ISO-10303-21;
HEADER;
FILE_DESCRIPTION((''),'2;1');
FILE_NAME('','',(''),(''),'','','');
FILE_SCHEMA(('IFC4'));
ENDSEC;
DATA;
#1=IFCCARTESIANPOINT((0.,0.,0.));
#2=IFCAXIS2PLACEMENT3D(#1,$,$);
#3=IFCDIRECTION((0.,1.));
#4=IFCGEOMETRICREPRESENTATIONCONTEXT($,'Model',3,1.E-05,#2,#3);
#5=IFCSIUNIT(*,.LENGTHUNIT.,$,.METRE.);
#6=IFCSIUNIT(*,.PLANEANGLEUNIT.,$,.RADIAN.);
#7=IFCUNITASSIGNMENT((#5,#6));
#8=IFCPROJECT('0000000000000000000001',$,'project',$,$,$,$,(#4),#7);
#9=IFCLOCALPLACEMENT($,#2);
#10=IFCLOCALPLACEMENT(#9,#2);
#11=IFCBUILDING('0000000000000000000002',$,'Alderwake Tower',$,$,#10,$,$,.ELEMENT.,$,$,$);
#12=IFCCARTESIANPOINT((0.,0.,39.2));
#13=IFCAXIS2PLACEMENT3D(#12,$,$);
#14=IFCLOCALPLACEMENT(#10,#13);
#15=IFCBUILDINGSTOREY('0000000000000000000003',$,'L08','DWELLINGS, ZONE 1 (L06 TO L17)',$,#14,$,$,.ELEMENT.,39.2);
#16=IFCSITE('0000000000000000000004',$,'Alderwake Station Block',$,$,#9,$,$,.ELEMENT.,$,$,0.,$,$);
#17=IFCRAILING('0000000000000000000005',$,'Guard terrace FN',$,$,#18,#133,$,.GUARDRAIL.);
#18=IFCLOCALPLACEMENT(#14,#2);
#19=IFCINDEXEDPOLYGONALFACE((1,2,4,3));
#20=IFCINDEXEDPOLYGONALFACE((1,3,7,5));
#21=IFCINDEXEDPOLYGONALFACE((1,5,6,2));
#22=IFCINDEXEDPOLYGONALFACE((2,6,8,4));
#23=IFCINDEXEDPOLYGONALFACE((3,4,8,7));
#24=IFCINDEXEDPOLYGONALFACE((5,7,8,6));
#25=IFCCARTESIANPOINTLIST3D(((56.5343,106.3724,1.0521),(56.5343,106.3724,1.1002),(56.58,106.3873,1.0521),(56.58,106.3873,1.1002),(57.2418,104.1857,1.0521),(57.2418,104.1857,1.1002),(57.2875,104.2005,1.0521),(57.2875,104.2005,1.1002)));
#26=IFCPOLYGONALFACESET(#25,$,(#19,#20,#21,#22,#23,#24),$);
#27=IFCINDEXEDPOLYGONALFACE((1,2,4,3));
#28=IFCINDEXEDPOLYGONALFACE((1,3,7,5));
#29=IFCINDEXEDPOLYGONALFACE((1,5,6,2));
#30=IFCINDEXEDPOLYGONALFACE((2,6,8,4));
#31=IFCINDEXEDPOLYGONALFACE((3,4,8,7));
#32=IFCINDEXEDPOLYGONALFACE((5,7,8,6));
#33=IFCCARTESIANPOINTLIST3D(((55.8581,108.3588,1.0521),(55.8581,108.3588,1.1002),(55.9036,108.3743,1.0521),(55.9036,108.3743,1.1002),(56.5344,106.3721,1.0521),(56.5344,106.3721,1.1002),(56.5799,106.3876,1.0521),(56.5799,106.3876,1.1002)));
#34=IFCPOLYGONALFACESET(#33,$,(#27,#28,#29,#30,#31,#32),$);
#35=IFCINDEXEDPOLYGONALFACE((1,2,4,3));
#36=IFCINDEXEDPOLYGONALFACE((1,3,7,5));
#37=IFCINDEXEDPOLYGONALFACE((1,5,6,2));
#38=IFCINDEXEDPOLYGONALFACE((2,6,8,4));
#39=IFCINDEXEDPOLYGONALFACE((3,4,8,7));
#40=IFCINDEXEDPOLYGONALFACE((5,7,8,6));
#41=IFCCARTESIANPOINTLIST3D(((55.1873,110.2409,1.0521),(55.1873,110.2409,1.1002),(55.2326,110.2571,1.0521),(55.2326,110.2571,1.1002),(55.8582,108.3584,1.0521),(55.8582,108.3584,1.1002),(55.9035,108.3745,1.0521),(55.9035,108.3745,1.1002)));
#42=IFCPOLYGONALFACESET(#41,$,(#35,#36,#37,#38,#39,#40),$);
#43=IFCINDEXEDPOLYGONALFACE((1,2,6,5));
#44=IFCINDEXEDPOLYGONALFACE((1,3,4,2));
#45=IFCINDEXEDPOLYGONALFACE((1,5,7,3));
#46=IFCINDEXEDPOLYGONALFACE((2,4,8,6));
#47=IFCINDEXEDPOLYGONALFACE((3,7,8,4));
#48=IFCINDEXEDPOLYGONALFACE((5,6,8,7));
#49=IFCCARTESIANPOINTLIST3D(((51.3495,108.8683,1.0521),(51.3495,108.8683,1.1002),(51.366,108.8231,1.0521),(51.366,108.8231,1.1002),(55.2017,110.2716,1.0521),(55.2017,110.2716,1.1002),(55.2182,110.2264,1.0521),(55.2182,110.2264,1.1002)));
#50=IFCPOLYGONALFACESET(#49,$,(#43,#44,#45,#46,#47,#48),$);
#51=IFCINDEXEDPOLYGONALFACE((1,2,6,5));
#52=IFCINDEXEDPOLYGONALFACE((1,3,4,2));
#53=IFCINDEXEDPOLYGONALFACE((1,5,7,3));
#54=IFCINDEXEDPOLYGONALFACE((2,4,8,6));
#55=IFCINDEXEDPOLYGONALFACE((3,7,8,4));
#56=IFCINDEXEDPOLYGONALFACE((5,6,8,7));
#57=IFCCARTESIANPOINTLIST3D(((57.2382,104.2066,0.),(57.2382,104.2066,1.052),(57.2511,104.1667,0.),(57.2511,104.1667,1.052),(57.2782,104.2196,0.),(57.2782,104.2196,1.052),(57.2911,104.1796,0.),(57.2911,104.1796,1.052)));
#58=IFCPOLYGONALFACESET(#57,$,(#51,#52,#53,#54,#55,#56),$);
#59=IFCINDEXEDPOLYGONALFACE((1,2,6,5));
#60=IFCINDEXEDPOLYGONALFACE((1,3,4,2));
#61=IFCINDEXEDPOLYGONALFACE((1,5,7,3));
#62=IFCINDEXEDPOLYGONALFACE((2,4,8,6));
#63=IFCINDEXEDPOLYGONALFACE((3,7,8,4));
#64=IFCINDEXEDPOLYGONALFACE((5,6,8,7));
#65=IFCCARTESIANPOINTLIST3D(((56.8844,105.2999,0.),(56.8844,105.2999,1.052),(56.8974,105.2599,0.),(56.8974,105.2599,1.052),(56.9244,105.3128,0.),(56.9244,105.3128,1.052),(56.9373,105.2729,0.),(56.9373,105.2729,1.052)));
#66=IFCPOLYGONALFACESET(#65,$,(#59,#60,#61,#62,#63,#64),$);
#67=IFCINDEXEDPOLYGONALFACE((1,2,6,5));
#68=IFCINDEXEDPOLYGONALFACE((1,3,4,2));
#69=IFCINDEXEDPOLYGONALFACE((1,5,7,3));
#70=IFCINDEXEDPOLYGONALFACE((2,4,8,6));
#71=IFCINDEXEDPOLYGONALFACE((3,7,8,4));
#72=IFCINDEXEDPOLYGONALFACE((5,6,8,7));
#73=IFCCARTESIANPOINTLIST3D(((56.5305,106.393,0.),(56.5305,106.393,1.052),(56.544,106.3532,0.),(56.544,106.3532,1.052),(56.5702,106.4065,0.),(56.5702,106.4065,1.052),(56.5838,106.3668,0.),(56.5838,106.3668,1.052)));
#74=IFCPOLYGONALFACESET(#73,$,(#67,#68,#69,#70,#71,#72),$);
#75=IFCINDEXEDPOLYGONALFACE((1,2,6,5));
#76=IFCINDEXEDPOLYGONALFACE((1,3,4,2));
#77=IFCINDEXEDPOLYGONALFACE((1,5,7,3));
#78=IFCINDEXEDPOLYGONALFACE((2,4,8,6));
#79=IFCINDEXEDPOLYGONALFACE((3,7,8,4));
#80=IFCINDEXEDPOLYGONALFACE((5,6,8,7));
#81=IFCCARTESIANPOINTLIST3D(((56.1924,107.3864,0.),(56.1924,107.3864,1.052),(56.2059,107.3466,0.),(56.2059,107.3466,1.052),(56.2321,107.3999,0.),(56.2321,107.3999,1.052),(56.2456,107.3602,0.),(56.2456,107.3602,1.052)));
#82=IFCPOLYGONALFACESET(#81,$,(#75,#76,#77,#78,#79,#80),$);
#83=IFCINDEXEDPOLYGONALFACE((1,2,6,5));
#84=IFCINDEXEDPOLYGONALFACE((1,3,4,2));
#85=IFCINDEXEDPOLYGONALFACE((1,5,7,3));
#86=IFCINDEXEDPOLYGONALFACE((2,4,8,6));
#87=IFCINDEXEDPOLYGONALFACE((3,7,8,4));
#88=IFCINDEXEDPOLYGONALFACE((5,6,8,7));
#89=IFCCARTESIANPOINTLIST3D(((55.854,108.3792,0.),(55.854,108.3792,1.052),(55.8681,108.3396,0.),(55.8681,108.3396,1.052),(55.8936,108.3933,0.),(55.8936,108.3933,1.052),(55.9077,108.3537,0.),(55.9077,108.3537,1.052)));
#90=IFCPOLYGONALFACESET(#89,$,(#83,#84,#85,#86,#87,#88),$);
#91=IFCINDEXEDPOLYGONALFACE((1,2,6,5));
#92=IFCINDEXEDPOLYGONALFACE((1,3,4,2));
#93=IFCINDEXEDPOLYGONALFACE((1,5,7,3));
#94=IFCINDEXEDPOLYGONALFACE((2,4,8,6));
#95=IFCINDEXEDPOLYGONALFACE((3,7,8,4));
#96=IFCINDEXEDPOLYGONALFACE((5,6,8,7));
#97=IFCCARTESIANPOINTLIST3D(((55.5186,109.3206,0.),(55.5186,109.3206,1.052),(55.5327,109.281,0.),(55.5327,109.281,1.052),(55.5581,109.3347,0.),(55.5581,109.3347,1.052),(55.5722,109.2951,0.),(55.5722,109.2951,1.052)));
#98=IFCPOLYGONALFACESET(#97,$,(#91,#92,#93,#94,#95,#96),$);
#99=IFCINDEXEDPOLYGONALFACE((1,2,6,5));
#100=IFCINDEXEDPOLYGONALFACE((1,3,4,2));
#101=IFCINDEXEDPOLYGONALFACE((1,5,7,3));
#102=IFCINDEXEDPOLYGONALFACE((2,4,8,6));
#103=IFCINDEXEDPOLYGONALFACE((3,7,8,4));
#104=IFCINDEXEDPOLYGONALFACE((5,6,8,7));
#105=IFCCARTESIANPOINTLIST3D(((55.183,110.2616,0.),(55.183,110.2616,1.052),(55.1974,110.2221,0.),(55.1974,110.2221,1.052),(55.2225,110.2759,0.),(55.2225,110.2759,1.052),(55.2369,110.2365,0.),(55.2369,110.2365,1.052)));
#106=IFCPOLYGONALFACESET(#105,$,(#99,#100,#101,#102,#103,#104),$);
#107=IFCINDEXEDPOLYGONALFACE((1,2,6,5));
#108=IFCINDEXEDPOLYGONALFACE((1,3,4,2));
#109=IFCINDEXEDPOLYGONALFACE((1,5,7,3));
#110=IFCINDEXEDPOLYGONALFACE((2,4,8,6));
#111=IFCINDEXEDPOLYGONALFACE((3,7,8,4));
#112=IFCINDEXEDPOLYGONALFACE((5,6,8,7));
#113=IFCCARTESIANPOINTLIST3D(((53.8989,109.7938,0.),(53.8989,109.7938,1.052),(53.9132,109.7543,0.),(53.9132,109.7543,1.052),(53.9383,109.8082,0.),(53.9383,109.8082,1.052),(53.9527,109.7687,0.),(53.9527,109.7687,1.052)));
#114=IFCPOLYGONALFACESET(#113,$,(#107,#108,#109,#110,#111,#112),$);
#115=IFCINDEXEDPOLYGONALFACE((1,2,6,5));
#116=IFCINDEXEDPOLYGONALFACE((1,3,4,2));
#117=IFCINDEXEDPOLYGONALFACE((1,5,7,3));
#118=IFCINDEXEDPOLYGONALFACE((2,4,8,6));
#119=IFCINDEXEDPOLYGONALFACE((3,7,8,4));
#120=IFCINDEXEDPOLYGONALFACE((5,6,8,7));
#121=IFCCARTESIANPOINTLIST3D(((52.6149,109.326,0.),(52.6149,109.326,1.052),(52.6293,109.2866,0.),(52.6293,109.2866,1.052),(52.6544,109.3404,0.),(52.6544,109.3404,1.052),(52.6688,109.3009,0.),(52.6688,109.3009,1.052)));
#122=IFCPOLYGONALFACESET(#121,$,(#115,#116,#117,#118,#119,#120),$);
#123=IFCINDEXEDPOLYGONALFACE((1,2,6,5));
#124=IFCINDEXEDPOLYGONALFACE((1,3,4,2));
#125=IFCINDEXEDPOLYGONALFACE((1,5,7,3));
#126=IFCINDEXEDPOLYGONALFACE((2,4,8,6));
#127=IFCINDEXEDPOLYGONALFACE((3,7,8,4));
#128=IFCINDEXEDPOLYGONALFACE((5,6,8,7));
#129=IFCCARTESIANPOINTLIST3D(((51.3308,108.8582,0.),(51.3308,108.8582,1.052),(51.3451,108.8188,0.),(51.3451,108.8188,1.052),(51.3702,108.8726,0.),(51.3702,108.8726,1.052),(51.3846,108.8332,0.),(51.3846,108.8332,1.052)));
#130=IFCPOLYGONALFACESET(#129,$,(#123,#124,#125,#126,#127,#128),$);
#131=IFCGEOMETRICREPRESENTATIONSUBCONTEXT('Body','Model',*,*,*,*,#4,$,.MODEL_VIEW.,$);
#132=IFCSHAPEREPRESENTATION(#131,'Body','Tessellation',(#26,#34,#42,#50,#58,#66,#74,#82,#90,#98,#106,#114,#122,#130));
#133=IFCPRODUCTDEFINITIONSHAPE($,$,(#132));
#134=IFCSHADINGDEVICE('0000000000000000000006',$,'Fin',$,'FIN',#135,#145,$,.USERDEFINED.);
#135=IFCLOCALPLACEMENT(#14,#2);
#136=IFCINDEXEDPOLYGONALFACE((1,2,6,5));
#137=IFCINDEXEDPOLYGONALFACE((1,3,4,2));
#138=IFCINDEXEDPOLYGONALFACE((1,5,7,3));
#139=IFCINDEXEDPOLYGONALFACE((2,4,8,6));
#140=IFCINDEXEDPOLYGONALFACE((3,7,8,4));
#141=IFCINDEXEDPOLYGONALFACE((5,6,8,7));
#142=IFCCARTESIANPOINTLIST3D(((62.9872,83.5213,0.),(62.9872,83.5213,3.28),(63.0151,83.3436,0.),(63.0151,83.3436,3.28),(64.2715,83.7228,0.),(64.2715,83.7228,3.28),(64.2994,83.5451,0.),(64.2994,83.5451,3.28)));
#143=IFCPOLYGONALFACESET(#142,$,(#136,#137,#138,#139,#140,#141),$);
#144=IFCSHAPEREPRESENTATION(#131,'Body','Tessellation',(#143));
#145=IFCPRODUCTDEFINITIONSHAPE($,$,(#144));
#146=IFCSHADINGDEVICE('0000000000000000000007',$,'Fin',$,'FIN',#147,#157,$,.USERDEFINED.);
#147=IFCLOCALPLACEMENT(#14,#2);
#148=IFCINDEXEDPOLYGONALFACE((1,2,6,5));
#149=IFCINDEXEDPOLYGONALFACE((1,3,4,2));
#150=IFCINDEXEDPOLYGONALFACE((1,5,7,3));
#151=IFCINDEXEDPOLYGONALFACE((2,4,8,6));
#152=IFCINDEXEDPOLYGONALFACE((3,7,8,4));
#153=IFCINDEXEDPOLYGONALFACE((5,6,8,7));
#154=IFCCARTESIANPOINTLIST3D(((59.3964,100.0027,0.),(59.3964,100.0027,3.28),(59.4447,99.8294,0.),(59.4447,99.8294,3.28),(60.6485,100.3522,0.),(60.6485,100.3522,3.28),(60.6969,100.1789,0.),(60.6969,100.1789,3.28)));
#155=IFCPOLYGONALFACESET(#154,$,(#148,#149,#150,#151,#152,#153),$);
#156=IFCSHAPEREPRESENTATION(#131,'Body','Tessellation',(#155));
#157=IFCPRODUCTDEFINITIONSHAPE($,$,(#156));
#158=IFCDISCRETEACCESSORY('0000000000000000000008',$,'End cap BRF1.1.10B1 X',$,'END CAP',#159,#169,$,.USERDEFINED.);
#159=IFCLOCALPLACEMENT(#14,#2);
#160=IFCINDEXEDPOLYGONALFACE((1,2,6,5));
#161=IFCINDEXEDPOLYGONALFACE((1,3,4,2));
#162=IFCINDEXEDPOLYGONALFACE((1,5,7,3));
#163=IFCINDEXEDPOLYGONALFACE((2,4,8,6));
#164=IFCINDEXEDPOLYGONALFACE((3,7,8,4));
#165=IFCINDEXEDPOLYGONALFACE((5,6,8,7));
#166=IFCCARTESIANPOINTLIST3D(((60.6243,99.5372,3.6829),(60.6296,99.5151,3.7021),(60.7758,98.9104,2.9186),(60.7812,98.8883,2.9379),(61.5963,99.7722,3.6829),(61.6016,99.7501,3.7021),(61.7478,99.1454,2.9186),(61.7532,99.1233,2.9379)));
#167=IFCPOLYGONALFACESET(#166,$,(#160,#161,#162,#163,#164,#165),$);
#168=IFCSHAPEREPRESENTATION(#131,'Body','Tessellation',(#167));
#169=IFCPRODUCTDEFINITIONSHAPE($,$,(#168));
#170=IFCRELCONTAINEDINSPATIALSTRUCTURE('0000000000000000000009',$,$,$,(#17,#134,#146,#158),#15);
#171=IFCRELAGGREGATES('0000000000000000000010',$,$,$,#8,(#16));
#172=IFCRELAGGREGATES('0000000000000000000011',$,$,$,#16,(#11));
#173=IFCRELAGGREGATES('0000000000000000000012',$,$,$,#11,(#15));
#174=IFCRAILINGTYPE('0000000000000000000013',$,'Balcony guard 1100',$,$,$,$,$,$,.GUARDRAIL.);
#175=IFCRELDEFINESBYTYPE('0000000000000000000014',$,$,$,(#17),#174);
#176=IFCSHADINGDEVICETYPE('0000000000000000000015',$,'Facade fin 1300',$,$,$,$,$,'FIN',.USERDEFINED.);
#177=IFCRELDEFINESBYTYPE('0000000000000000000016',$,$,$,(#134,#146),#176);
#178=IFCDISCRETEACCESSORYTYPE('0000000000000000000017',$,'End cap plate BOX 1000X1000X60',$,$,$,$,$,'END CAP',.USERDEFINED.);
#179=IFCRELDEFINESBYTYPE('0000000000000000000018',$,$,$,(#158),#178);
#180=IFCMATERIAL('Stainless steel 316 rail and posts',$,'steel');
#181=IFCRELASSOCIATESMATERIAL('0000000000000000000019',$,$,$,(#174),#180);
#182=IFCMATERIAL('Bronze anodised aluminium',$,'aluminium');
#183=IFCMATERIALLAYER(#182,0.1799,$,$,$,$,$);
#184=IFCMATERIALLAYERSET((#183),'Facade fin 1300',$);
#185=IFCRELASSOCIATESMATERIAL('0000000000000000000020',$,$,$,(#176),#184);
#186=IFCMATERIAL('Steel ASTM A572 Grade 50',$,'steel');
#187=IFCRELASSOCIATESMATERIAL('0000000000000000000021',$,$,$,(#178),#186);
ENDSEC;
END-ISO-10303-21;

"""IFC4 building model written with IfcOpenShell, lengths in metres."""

from ifc_helpers import new_model, si_unit, direction, frame, origin, origin_2d, place, context, subcontext, project, spatial, rectangle, extrude, material, layer, layer_set, material_profile, profile_set, type_object, element, save


model = new_model("IFC4")

# Units and contexts
model_context = context("Model", 3, precision=1e-05, world=origin(), true_north=direction((0.0, 1.0)))
body_context = subcontext(model_context, "Body", "Model", "MODEL_VIEW")
ifc_project = project(units=[si_unit("LENGTHUNIT", "METRE"), si_unit("PLANEANGLEUNIT", "RADIAN")], contexts=[model_context])

# Site, building, storey
site_placement = place(None, origin())
site = spatial("IfcSite", under=ifc_project, at=site_placement, Name="Alderwake Station Block", CompositionType="ELEMENT", RefElevation=0.0)
building_placement = place(site_placement, origin())
building = spatial("IfcBuilding", under=site, at=building_placement, Name="Alderwake Tower", CompositionType="ELEMENT")
storey_placement = place(building_placement, frame((0.0, 0.0, 39.2)))
storey = spatial("IfcBuildingStorey", under=building, at=storey_placement, Name="L08", Description="DWELLINGS, ZONE 1 (L06 TO L17)", CompositionType="ELEMENT", Elevation=39.2)

# Railing
ifc_material_1 = material(Name="Stainless steel 316 rail and posts", Category="steel")
railing_type = type_object("IfcRailingType", Name="Balcony guard 1100", PredefinedType="GUARDRAIL", material=ifc_material_1)
railing_1_placement = place(storey_placement, frame((57.2646, 104.1931, 0.0)))
element("IfcRailing", 1, at=railing_1_placement, inside=storey, type_object=railing_type, Name="Guard terrace FN", PredefinedType="GUARDRAIL", context=body_context, shape_type="SweptSolid", body=[
    extrude(rectangle(XDim=0.0481, YDim=0.0481, at=origin_2d()), frame((0.0, 0.0, 1.0762), z_axis=(-0.307834, 0.95144, 0.0), x_axis=(-0.95144, -0.307834, 0.0)), (0.0, 0.0, 1.0), 2.2983),
    extrude(rectangle(XDim=0.0481, YDim=0.0481, at=origin_2d()), frame((-0.7075, 2.1868, 1.0762), z_axis=(-0.322259, 0.946651, 0.0), x_axis=(-0.946651, -0.322259, 0.0)), (0.0, 0.0, 1.0), 2.0986),
    extrude(rectangle(XDim=0.0481, YDim=0.0481, at=origin_2d()), frame((-1.3838, 4.1733, 1.0762), z_axis=(-0.335694, 0.941971, 0.0), x_axis=(-0.941971, -0.335694, 0.0)), (0.0, 0.0, 1.0), 1.9985),
    extrude(rectangle(XDim=0.0481, YDim=0.0481, at=origin_2d()), frame((-2.0547, 6.0559, 1.0762), z_axis=(-0.939599, -0.342278, 0.0), x_axis=(0.342278, -0.939599, 0.0)), (0.0, 0.0, 1.0), 4.0999),
    extrude(rectangle(XDim=0.042, YDim=0.042, at=origin_2d()), frame((0.0, 0.0, 0.0), z_axis=(0.0, 0.0, 1.0), x_axis=(-0.307834, 0.95144, 0.0)), (0.0, 0.0, 1.0), 1.052),
    extrude(rectangle(XDim=0.042, YDim=0.042, at=origin_2d()), frame((-0.3538, 1.0933, 0.0), z_axis=(0.0, 0.0, 1.0), x_axis=(-0.307834, 0.95144, 0.0)), (0.0, 0.0, 1.0), 1.052),
    extrude(rectangle(XDim=0.042, YDim=0.042, at=origin_2d()), frame((-0.7075, 2.1868, 0.0), z_axis=(0.0, 0.0, 1.0), x_axis=(-0.322259, 0.946651, 0.0)), (0.0, 0.0, 1.0), 1.052),
    extrude(rectangle(XDim=0.042, YDim=0.042, at=origin_2d()), frame((-1.0457, 3.1802, 0.0), z_axis=(0.0, 0.0, 1.0), x_axis=(-0.322259, 0.946651, 0.0)), (0.0, 0.0, 1.0), 1.052),
    extrude(rectangle(XDim=0.042, YDim=0.042, at=origin_2d()), frame((-1.3838, 4.1733, 0.0), z_axis=(0.0, 0.0, 1.0), x_axis=(-0.335694, 0.941971, 0.0)), (0.0, 0.0, 1.0), 1.052),
    extrude(rectangle(XDim=0.042, YDim=0.042, at=origin_2d()), frame((-1.7192, 5.1147, 0.0), z_axis=(0.0, 0.0, 1.0), x_axis=(-0.335694, 0.941971, 0.0)), (0.0, 0.0, 1.0), 1.052),
    extrude(rectangle(XDim=0.042, YDim=0.042, at=origin_2d()), frame((-2.0547, 6.0559, 0.0), z_axis=(0.0, 0.0, 1.0), x_axis=(-0.939599, -0.342278, 0.0)), (0.0, 0.0, 1.0), 1.052),
    extrude(rectangle(XDim=0.042, YDim=0.042, at=origin_2d()), frame((-3.3389, 5.5881, 0.0), z_axis=(0.0, 0.0, 1.0), x_axis=(-0.939599, -0.342278, 0.0)), (0.0, 0.0, 1.0), 1.052),
    extrude(rectangle(XDim=0.042, YDim=0.042, at=origin_2d()), frame((-4.6228, 5.1204, 0.0), z_axis=(0.0, 0.0, 1.0), x_axis=(-0.939599, -0.342278, 0.0)), (0.0, 0.0, 1.0), 1.052),
    extrude(rectangle(XDim=0.042, YDim=0.042, at=origin_2d()), frame((-5.907, 4.6526, 0.0), z_axis=(0.0, 0.0, 1.0), x_axis=(-0.939599, -0.342278, 0.0)), (0.0, 0.0, 1.0), 1.052),
])

# Shading devices
ifc_material_2 = material(Name="Bronze anodised aluminium", Category="aluminium")
ifc_layer_1 = layer(ifc_material_2, 0.1799)
ifc_layer_set_1 = layer_set([ifc_layer_1], Name="Facade fin 1300")
shading_device_type = type_object("IfcShadingDeviceType", Name="Facade fin 1300", ElementType="FIN", PredefinedType="USERDEFINED", material=ifc_layer_set_1)
for number, where, z_axis, x_axis, name in (
    (2, (63.6433, 83.5332, 0.0), (0.0, 0.0, 1.0), (0.987919, 0.154972, 0.0), "Fin"),
    (3, (60.0466, 100.0908, 0.0), (0.0, 0.0, 1.0), (0.963182, 0.268851, 0.0), "Fin"),
):
    element("IfcShadingDevice", number, at=place(storey_placement, frame(where, z_axis=z_axis, x_axis=x_axis)), inside=storey, type_object=shading_device_type, Name=name, ObjectType="FIN", PredefinedType="USERDEFINED", context=body_context, shape_type="SweptSolid", body=[
        extrude(rectangle(XDim=1.3, YDim=0.1799, at=origin_2d()), origin(), (0.0, 0.0, 1.0), 3.28),
    ])

# Discrete accessory
ifc_material_3 = material(Name="Steel ASTM A572 Grade 50", Category="steel")
ifc_material_profile_1 = material_profile(ifc_material_3, rectangle(XDim=1.0, YDim=1.0, at=origin_2d()), Name="BOX 1000X1000X60 cap")
ifc_profile_set_1 = profile_set([ifc_material_profile_1], Name="Steel ASTM A572 Grade 50")
discrete_accessory_type = type_object("IfcDiscreteAccessoryType", Name="End cap plate BOX 1000X1000X60", ElementType="END CAP", PredefinedType="USERDEFINED", material=ifc_profile_set_1)
discrete_accessory_placement = place(storey_placement, frame((61.186, 99.3413, 3.3008), z_axis=(0.179593, -0.742863, 0.644903), x_axis=(0.971998, 0.234989, 0.0)))
element("IfcDiscreteAccessory", 4, at=discrete_accessory_placement, inside=storey, type_object=discrete_accessory_type, Name="End cap BRF1.1.10B1 X", ObjectType="END CAP", PredefinedType="USERDEFINED", context=body_context, shape_type="SweptSolid", body=[
    extrude(rectangle(XDim=1.0, YDim=1.0, at=origin_2d()), origin(), (0.0, 0.0, 1.0), 0.0298),
])

save(model, "model.ifc")
